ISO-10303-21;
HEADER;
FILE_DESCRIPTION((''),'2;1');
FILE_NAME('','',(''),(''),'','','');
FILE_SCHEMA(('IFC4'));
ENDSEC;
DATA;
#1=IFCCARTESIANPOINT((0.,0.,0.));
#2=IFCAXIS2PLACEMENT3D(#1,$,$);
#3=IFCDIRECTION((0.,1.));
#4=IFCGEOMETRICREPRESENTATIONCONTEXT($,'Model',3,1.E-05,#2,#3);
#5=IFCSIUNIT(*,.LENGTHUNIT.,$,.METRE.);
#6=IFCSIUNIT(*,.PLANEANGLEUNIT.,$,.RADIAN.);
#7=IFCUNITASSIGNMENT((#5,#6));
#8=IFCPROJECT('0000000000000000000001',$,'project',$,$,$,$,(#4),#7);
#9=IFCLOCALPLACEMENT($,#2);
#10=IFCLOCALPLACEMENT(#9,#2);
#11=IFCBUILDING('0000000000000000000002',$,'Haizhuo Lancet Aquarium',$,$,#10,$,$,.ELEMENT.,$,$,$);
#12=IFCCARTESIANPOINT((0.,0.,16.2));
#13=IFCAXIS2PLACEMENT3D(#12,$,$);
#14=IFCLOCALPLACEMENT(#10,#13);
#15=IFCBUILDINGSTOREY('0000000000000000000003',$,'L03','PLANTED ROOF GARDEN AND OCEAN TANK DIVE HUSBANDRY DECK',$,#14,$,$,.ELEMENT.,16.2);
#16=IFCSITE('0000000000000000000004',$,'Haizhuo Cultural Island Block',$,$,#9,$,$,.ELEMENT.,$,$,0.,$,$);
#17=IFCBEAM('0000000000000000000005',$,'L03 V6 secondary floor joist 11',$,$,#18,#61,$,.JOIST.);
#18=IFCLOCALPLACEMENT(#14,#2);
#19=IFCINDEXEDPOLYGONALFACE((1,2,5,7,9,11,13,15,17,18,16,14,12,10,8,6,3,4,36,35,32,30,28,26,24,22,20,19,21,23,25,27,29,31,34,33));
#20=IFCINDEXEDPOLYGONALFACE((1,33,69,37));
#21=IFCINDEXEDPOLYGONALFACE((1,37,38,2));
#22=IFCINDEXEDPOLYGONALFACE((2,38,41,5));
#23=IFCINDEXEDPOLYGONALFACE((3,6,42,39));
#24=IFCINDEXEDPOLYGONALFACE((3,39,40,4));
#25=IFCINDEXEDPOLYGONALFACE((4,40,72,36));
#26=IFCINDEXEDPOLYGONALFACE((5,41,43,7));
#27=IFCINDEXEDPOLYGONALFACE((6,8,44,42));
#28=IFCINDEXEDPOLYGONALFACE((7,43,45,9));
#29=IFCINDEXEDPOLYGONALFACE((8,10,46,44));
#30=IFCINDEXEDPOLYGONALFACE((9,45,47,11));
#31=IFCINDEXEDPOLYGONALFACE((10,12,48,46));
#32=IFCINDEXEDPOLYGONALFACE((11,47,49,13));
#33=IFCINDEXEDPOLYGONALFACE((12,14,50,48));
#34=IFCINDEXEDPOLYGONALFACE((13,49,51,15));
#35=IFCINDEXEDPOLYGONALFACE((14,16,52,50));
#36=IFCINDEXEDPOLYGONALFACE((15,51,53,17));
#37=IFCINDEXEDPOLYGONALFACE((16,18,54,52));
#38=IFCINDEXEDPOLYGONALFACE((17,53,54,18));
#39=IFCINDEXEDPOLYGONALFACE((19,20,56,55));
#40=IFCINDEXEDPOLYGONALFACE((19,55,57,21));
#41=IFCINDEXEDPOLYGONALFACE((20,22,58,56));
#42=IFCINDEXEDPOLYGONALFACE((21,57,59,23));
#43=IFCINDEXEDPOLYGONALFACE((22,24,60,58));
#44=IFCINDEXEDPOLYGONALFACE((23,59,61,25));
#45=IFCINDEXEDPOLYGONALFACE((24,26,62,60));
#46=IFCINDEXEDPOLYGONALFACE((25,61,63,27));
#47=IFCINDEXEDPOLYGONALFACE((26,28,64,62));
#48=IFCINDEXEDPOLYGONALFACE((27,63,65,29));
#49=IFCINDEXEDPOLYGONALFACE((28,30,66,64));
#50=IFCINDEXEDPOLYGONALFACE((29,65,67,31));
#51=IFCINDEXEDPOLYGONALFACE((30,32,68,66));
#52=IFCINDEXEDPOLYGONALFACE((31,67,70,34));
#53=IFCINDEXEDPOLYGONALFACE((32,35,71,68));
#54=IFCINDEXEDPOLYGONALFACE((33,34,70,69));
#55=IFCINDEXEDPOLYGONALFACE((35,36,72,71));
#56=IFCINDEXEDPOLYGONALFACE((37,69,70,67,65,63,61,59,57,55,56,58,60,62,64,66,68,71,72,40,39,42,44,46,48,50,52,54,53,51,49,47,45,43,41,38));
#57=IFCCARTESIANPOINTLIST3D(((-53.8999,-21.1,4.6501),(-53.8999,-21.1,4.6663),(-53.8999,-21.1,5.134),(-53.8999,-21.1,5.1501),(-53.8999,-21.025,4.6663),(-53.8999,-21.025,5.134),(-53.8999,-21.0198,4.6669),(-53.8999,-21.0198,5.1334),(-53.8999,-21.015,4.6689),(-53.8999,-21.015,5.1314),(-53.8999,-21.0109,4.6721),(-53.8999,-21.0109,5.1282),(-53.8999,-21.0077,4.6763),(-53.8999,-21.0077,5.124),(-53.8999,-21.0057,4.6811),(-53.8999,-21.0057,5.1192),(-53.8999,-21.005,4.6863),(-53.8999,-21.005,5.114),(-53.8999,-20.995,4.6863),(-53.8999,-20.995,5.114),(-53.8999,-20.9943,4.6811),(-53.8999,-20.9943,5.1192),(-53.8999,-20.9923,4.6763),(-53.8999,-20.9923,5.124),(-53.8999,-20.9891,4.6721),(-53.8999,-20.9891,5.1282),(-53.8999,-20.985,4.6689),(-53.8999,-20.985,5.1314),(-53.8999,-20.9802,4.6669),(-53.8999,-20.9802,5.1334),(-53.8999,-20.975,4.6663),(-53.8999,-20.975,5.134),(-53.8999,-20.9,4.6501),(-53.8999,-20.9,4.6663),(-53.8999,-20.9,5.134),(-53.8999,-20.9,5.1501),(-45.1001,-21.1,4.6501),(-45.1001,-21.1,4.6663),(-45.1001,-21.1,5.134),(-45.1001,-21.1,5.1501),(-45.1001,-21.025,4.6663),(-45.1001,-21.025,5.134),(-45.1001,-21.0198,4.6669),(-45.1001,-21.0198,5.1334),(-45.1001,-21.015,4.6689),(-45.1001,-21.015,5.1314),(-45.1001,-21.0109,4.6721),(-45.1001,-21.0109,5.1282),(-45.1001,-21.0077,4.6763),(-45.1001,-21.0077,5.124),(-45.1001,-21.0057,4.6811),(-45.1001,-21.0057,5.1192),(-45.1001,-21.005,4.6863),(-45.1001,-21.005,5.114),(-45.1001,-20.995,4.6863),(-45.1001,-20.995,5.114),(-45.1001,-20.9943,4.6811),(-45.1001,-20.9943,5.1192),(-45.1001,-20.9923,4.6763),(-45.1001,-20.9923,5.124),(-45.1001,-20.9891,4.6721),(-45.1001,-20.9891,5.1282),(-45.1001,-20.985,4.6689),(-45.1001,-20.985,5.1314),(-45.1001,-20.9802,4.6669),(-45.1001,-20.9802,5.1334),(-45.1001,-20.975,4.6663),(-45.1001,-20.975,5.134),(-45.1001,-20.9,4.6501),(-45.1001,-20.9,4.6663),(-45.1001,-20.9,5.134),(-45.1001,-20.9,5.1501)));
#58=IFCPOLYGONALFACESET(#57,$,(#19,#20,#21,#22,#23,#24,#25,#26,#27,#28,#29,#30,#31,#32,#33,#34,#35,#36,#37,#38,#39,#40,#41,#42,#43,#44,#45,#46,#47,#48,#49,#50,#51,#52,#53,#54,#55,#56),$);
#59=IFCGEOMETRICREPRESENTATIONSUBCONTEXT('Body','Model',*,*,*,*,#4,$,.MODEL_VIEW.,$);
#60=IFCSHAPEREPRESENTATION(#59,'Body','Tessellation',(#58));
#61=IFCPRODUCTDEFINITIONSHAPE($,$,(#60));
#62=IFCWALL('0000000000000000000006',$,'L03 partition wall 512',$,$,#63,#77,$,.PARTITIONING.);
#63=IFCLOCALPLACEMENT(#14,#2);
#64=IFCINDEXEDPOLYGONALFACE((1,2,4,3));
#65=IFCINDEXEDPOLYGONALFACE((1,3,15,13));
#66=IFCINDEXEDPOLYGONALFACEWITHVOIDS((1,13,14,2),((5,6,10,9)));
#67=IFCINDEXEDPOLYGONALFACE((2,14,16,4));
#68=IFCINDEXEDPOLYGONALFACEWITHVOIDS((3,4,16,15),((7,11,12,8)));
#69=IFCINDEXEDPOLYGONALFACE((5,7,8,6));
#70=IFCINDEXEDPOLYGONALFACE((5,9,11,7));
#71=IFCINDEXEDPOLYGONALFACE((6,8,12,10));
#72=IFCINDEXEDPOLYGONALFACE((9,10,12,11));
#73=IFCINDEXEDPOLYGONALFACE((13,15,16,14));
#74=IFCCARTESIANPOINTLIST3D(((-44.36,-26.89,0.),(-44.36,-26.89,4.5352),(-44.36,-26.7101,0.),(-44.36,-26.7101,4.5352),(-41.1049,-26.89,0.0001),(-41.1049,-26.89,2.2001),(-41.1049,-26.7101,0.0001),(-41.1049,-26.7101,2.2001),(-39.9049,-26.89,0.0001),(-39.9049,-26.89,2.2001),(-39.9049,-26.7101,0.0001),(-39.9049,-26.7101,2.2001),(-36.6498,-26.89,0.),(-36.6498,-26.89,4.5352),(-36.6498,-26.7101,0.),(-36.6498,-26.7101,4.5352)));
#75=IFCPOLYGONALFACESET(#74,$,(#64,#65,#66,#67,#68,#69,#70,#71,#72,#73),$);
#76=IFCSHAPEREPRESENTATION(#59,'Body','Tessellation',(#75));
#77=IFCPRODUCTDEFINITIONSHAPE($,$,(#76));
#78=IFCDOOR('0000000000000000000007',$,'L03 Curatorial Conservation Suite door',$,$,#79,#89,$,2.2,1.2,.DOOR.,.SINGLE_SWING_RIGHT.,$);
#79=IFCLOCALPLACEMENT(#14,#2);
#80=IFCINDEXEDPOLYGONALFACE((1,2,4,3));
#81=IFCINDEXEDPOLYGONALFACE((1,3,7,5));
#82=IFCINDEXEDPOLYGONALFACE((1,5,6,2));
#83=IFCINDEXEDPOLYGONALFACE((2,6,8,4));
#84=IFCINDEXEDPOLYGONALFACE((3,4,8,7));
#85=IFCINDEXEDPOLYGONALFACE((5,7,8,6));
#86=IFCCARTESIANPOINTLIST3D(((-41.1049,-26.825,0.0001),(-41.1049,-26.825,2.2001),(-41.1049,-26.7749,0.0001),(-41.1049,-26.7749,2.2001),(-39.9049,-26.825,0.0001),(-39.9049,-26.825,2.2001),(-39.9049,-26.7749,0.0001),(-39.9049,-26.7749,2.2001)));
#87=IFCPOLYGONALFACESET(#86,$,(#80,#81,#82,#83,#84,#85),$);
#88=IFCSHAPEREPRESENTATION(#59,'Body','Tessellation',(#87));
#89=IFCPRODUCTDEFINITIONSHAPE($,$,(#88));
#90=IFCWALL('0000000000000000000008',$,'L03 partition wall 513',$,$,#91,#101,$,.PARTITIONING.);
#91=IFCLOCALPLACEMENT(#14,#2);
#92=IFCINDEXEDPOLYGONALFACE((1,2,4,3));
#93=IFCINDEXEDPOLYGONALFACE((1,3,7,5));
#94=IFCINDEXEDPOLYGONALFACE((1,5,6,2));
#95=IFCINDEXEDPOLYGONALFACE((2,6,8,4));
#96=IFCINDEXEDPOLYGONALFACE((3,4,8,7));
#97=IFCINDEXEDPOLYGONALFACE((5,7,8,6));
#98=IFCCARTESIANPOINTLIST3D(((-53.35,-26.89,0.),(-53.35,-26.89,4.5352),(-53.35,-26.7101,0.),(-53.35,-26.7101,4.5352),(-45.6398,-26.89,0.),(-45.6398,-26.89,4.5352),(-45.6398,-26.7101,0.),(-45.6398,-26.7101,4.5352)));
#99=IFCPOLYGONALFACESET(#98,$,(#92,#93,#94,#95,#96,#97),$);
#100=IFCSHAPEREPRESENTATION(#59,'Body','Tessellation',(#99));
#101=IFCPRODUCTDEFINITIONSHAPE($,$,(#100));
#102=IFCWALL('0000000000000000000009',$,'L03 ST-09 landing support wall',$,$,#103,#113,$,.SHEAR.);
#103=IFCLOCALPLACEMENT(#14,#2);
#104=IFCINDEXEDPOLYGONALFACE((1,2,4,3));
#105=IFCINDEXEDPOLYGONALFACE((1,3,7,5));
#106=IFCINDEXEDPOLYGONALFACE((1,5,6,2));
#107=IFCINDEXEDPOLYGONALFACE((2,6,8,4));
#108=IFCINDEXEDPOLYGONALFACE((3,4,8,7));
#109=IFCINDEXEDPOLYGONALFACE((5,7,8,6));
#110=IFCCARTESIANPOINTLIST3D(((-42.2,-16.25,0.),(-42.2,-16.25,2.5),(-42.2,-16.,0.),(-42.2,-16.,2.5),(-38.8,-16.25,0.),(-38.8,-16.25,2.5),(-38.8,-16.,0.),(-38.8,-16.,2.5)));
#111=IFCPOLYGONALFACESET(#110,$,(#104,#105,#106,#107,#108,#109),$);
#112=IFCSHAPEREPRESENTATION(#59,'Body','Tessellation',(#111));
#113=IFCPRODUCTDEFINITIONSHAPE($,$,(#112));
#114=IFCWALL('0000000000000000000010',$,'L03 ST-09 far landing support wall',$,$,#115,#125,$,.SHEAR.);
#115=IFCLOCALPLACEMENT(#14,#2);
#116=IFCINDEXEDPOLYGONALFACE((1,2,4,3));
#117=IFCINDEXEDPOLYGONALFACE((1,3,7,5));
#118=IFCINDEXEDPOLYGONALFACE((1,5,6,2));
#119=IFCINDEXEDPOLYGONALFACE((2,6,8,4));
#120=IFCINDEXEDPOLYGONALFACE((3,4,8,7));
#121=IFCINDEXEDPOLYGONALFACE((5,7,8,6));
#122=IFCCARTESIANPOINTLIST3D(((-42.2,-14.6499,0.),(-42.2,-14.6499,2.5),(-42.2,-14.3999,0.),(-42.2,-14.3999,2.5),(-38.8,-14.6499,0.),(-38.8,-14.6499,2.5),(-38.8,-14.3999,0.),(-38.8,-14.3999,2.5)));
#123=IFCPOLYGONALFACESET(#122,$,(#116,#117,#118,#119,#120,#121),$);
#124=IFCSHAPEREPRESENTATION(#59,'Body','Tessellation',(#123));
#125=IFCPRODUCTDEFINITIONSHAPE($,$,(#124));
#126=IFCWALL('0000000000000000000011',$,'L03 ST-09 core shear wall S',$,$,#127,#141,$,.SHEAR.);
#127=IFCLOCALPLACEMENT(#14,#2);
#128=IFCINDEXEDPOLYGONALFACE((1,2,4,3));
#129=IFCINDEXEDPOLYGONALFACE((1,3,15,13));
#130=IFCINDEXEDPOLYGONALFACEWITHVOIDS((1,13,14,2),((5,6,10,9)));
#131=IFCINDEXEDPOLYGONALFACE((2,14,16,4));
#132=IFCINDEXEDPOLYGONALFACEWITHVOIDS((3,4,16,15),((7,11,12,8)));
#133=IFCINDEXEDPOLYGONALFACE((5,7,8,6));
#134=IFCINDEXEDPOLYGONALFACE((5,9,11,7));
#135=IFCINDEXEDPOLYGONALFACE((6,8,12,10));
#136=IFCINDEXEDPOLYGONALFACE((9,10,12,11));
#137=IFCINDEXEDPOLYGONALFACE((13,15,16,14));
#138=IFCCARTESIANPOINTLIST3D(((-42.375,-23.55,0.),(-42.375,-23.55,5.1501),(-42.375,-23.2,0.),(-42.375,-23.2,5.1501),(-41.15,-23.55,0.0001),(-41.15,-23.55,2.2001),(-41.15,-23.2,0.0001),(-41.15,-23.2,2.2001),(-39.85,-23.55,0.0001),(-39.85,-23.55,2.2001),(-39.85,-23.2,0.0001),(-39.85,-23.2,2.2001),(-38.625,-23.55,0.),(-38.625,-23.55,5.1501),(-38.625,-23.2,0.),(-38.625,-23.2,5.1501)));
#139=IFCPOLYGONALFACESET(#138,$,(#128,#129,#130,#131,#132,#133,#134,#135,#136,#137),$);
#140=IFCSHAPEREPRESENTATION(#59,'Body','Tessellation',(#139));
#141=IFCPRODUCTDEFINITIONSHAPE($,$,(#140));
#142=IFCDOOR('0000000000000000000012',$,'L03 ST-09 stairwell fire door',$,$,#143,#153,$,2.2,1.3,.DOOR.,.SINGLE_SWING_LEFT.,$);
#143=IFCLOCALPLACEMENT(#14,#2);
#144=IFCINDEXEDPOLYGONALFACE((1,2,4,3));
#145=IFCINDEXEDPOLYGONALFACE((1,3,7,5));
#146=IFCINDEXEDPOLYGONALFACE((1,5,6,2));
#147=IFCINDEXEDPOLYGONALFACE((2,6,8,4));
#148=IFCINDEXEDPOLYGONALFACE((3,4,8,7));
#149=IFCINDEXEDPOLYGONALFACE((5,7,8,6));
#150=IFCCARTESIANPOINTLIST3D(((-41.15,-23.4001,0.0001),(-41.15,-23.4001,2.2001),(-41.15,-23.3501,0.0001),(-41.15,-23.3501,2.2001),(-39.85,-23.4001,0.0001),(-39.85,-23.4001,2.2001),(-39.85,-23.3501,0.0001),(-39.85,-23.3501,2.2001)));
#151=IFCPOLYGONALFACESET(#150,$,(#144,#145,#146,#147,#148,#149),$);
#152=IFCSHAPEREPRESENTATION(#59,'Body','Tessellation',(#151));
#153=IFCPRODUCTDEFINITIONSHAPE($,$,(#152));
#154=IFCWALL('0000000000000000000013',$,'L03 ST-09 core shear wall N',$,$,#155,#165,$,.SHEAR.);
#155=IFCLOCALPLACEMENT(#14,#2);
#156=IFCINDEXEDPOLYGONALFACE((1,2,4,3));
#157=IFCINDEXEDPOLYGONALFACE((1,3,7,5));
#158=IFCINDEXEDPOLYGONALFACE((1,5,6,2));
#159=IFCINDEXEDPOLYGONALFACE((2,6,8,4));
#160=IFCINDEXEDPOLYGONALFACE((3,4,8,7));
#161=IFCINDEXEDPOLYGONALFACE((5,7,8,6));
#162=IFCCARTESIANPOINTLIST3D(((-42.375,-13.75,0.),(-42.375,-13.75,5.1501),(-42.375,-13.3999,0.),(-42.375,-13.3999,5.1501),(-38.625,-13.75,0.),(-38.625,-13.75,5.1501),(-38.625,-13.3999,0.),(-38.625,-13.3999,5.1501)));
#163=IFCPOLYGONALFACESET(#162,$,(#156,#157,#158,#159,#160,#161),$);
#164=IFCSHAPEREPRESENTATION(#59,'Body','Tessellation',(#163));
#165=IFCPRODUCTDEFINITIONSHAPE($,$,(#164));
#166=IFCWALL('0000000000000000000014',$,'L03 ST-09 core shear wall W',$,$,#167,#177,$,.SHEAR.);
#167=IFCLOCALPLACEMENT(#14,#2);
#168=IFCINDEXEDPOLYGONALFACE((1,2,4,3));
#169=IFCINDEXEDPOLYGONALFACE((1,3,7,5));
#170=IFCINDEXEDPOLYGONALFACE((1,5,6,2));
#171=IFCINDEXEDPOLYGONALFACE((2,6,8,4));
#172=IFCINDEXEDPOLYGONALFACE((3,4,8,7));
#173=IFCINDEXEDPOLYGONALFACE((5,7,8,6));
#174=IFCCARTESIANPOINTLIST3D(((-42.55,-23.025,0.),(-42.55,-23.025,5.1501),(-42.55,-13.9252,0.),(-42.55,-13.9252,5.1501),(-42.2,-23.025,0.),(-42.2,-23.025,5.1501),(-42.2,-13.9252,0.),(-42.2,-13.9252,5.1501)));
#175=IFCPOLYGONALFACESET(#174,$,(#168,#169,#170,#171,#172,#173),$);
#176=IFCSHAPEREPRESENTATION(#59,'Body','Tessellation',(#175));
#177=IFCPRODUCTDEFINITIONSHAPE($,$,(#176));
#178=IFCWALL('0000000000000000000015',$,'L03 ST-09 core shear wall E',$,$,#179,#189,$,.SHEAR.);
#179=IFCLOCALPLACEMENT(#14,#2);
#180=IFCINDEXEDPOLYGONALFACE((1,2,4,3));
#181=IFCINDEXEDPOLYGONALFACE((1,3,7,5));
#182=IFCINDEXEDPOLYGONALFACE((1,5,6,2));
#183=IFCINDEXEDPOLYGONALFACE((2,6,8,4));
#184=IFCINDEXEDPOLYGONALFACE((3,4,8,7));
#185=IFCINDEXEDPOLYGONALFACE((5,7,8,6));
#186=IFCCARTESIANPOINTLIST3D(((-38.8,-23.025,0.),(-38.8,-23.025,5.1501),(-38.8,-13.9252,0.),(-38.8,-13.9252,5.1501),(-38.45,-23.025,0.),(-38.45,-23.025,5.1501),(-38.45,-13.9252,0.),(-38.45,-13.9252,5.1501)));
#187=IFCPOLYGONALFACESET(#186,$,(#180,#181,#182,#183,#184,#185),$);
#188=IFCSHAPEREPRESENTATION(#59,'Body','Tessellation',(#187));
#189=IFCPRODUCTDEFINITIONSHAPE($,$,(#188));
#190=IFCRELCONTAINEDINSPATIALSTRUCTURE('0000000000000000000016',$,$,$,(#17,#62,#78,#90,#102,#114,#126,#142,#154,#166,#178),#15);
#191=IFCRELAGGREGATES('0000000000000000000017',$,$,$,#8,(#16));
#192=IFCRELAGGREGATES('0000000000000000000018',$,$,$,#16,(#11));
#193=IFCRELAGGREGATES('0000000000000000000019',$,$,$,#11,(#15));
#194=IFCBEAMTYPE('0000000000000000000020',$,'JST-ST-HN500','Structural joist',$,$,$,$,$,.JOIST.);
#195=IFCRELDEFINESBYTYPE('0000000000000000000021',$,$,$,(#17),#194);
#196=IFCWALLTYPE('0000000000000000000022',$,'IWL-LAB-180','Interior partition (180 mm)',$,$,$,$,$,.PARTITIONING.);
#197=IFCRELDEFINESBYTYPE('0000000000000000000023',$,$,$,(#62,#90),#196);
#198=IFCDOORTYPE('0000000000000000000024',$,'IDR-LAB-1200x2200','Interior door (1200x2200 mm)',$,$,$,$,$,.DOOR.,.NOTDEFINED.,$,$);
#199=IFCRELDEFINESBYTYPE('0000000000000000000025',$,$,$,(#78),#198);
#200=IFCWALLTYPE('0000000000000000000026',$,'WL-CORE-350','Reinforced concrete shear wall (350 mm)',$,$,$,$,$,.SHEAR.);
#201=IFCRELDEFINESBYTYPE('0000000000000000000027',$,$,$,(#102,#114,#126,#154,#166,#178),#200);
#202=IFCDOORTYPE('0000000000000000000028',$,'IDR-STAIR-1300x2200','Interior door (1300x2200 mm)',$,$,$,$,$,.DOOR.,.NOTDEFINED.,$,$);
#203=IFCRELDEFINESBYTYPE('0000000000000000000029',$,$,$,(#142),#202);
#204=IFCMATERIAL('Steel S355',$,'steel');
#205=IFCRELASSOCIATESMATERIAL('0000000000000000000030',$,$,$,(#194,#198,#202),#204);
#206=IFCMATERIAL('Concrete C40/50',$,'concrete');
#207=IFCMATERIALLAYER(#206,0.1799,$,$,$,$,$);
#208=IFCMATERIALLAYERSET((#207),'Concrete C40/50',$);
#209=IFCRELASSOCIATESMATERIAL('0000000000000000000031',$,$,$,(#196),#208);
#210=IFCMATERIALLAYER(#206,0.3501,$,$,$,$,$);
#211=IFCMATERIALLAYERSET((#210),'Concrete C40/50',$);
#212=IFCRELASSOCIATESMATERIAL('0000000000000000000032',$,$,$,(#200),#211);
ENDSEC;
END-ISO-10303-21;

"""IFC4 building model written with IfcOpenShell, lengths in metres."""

from ifc_helpers import new_model, si_unit, direction, frame, frame_2d, origin, origin_2d, place, context, subcontext, project, spatial, rectangle, i_section, extrude, material, layer, layer_set, material_profile, profile_set, type_object, element, fill, save


model = new_model("IFC4")

# Units and contexts
model_context = context("Model", 3, precision=1e-05, world=origin(), true_north=direction((0.0, 1.0)))
body_context = subcontext(model_context, "Body", "Model", "MODEL_VIEW")
ifc_project = project(units=[si_unit("LENGTHUNIT", "METRE"), si_unit("PLANEANGLEUNIT", "RADIAN")], contexts=[model_context])

# Site, building, storey
site_placement = place(None, origin())
site = spatial("IfcSite", under=ifc_project, at=site_placement, Name="Haizhuo Cultural Island Block", CompositionType="ELEMENT", RefElevation=0.0)
building_placement = place(site_placement, origin())
building = spatial("IfcBuilding", under=site, at=building_placement, Name="Haizhuo Lancet Aquarium", CompositionType="ELEMENT")
storey_placement = place(building_placement, frame((0.0, 0.0, 16.2)))
storey = spatial("IfcBuildingStorey", under=building, at=storey_placement, Name="L03", Description="PLANTED ROOF GARDEN AND OCEAN TANK DIVE HUSBANDRY DECK", CompositionType="ELEMENT", Elevation=16.2)

# Shared definitions
ifc_material_1 = material(Name="Concrete C40/50", Category="concrete")

# Beam
ifc_material_2 = material(Name="Steel S355", Category="steel")
ifc_material_profile_1 = material_profile(ifc_material_2, i_section(OverallWidth=0.2, OverallDepth=0.5, WebThickness=0.01, FlangeThickness=0.0161, FilletRadius=0.02, at=origin_2d()), Name="HN 500x200x10x16")
ifc_profile_set_1 = profile_set([ifc_material_profile_1], Name="Steel S355")
beam_type_1 = type_object("IfcBeamType", Name="JST-ST-HN500", Description="Structural joist", PredefinedType="JOIST", material=ifc_profile_set_1)
beam_1_placement = place(storey_placement, frame((-53.8999, -21.0, 4.9001), z_axis=(1.0, 0.0, 0.0), x_axis=(0.0, 1.0, 0.0)))
element("IfcBeam", 1, at=beam_1_placement, inside=storey, type_object=beam_type_1, Name="L03 V6 secondary floor joist 11", PredefinedType="JOIST", context=body_context, shape_type="SweptSolid", body=[
    extrude(i_section(OverallWidth=0.2, OverallDepth=0.5, WebThickness=0.01, FlangeThickness=0.0161, FilletRadius=0.02, at=origin_2d()), origin(), (0.0, 0.0, 1.0), 8.7998),
])

# Wall, opening, door
ifc_layer_1 = layer(ifc_material_1, 0.1799)
ifc_layer_set_1 = layer_set([ifc_layer_1], Name="Concrete C40/50")
wall_type_1 = type_object("IfcWallType", Name="IWL-LAB-180", Description="Interior partition (180 mm)", PredefinedType="PARTITIONING", material=ifc_layer_set_1)
wall_1_placement = place(storey_placement, frame((-36.6499, -26.8, 0.0), z_axis=(0.0, 0.0, 1.0), x_axis=(-1.0, 0.0, 0.0)))
wall_1 = element("IfcWall", 2, at=wall_1_placement, inside=storey, type_object=wall_type_1, Name="L03 partition wall 512", PredefinedType="PARTITIONING", context=body_context, shape_type="SweptSolid", body=[
    extrude(rectangle(XDim=7.7102, YDim=0.1799, at=frame_2d((3.855, 0.0))), origin(), (0.0, 0.0, 1.0), 4.5352),
])
opening_1_placement = place(wall_1_placement, frame((3.2549, 0.0, 0.0)))
opening_1 = element("IfcOpeningElement", 3, at=opening_1_placement, cuts=wall_1, PredefinedType="OPENING", context=body_context, shape_type="SweptSolid", body=[
    extrude(rectangle(XDim=1.2, YDim=2.2, at=frame_2d((0.6001, 1.1001))), frame((0.0, 0.0999, 0.0), z_axis=(0.0, -1.0, 0.0), x_axis=(1.0, 0.0, 0.0)), (0.0, 0.0, 1.0), 0.1999),
])
door_type_1 = type_object("IfcDoorType", Name="IDR-LAB-1200x2200", Description="Interior door (1200x2200 mm)", OperationType="NOTDEFINED", PredefinedType="DOOR", material=ifc_material_2)
door_1_placement = place(opening_1_placement, origin())
door_1 = element("IfcDoor", 4, at=door_1_placement, inside=storey, type_object=door_type_1, Name="L03 Curatorial Conservation Suite door", OperationType="SINGLE_SWING_RIGHT", OverallHeight=2.2, OverallWidth=1.2, PredefinedType="DOOR", context=body_context, shape_type="SweptSolid", body=[
    extrude(rectangle(XDim=1.2, YDim=2.2, at=frame_2d((0.6001, 1.1001))), frame((0.0, 0.0249, 0.0), z_axis=(0.0, -1.0, 0.0), x_axis=(1.0, 0.0, 0.0)), (0.0, 0.0, 1.0), 0.05),
])
fill(opening_1, door_1)

# Walls
wall_2_placement = place(storey_placement, frame((-45.6399, -26.8, 0.0), z_axis=(0.0, 0.0, 1.0), x_axis=(-1.0, 0.0, 0.0)))
element("IfcWall", 5, at=wall_2_placement, inside=storey, type_object=wall_type_1, Name="L03 partition wall 513", PredefinedType="PARTITIONING", context=body_context, shape_type="SweptSolid", body=[
    extrude(rectangle(XDim=7.7102, YDim=0.1799, at=frame_2d((3.855, 0.0))), origin(), (0.0, 0.0, 1.0), 4.5352),
])
ifc_layer_2 = layer(ifc_material_1, 0.3501)
ifc_layer_set_2 = layer_set([ifc_layer_2], Name="Concrete C40/50")
wall_type_2 = type_object("IfcWallType", Name="WL-CORE-350", Description="Reinforced concrete shear wall (350 mm)", PredefinedType="SHEAR", material=ifc_layer_set_2)
for number, where, z_axis, x_axis, name in (
    (6, (-42.2, -16.125, 0.0), (0.0, 0.0, 1.0), (1.0, 0.0, 0.0), "L03 ST-09 landing support wall"),
    (7, (-42.2, -14.5249, 0.0), (0.0, 0.0, 1.0), (1.0, 0.0, 0.0), "L03 ST-09 far landing support wall"),
):
    element("IfcWall", number, at=place(storey_placement, frame(where, z_axis=z_axis, x_axis=x_axis)), inside=storey, type_object=wall_type_2, Name=name, PredefinedType="SHEAR", context=body_context, shape_type="SweptSolid", body=[
        extrude(rectangle(XDim=3.3999, YDim=0.25, at=frame_2d((1.7, 0.0))), origin(), (0.0, 0.0, 1.0), 2.5),
    ])

# Wall, opening, door
wall_3_placement = place(storey_placement, frame((-42.375, -23.375, 0.0), z_axis=(0.0, 0.0, 1.0), x_axis=(1.0, 0.0, 0.0)))
wall_3 = element("IfcWall", 8, at=wall_3_placement, inside=storey, type_object=wall_type_2, Name="L03 ST-09 core shear wall S", PredefinedType="SHEAR", context=body_context, shape_type="SweptSolid", body=[
    extrude(rectangle(XDim=3.75, YDim=0.3501, at=frame_2d((1.875, 0.0))), origin(), (0.0, 0.0, 1.0), 5.1501),
])
opening_2_placement = place(wall_3_placement, frame((1.2251, 0.0, 0.0)))
opening_2 = element("IfcOpeningElement", 9, at=opening_2_placement, cuts=wall_3, PredefinedType="OPENING", context=body_context, shape_type="SweptSolid", body=[
    extrude(rectangle(XDim=1.3, YDim=2.2, at=frame_2d((0.6499, 1.1001))), frame((0.0, 0.1851, 0.0), z_axis=(0.0, -1.0, 0.0), x_axis=(1.0, 0.0, 0.0)), (0.0, 0.0, 1.0), 0.3701),
])
door_type_2 = type_object("IfcDoorType", Name="IDR-STAIR-1300x2200", Description="Interior door (1300x2200 mm)", OperationType="NOTDEFINED", PredefinedType="DOOR", material=ifc_material_2)
door_2_placement = place(opening_2_placement, origin())
door_2 = element("IfcDoor", 10, at=door_2_placement, inside=storey, type_object=door_type_2, Name="L03 ST-09 stairwell fire door", OperationType="SINGLE_SWING_LEFT", OverallHeight=2.2, OverallWidth=1.3, PredefinedType="DOOR", context=body_context, shape_type="SweptSolid", body=[
    extrude(rectangle(XDim=1.3, YDim=2.2, at=frame_2d((0.6499, 1.1001))), frame((0.0, 0.0249, 0.0), z_axis=(0.0, -1.0, 0.0), x_axis=(1.0, 0.0, 0.0)), (0.0, 0.0, 1.0), 0.05),
])
fill(opening_2, door_2)

# Walls
wall_4_placement = place(storey_placement, frame((-42.375, -13.575, 0.0), z_axis=(0.0, 0.0, 1.0), x_axis=(1.0, 0.0, 0.0)))
element("IfcWall", 11, at=wall_4_placement, inside=storey, type_object=wall_type_2, Name="L03 ST-09 core shear wall N", PredefinedType="SHEAR", context=body_context, shape_type="SweptSolid", body=[
    extrude(rectangle(XDim=3.75, YDim=0.3501, at=frame_2d((1.875, 0.0))), origin(), (0.0, 0.0, 1.0), 5.1501),
])
for number, where, z_axis, x_axis, name in (
    (12, (-42.375, -23.0249, 0.0), (0.0, 0.0, 1.0), (0.0, 1.0, 0.0), "L03 ST-09 core shear wall W"),
    (13, (-38.625, -23.0249, 0.0), (0.0, 0.0, 1.0), (0.0, 1.0, 0.0), "L03 ST-09 core shear wall E"),
):
    element("IfcWall", number, at=place(storey_placement, frame(where, z_axis=z_axis, x_axis=x_axis)), inside=storey, type_object=wall_type_2, Name=name, PredefinedType="SHEAR", context=body_context, shape_type="SweptSolid", body=[
        extrude(rectangle(XDim=9.0999, YDim=0.3501, at=frame_2d((4.5498, 0.0))), origin(), (0.0, 0.0, 1.0), 5.1501),
    ])

save(model, "model.ifc")
